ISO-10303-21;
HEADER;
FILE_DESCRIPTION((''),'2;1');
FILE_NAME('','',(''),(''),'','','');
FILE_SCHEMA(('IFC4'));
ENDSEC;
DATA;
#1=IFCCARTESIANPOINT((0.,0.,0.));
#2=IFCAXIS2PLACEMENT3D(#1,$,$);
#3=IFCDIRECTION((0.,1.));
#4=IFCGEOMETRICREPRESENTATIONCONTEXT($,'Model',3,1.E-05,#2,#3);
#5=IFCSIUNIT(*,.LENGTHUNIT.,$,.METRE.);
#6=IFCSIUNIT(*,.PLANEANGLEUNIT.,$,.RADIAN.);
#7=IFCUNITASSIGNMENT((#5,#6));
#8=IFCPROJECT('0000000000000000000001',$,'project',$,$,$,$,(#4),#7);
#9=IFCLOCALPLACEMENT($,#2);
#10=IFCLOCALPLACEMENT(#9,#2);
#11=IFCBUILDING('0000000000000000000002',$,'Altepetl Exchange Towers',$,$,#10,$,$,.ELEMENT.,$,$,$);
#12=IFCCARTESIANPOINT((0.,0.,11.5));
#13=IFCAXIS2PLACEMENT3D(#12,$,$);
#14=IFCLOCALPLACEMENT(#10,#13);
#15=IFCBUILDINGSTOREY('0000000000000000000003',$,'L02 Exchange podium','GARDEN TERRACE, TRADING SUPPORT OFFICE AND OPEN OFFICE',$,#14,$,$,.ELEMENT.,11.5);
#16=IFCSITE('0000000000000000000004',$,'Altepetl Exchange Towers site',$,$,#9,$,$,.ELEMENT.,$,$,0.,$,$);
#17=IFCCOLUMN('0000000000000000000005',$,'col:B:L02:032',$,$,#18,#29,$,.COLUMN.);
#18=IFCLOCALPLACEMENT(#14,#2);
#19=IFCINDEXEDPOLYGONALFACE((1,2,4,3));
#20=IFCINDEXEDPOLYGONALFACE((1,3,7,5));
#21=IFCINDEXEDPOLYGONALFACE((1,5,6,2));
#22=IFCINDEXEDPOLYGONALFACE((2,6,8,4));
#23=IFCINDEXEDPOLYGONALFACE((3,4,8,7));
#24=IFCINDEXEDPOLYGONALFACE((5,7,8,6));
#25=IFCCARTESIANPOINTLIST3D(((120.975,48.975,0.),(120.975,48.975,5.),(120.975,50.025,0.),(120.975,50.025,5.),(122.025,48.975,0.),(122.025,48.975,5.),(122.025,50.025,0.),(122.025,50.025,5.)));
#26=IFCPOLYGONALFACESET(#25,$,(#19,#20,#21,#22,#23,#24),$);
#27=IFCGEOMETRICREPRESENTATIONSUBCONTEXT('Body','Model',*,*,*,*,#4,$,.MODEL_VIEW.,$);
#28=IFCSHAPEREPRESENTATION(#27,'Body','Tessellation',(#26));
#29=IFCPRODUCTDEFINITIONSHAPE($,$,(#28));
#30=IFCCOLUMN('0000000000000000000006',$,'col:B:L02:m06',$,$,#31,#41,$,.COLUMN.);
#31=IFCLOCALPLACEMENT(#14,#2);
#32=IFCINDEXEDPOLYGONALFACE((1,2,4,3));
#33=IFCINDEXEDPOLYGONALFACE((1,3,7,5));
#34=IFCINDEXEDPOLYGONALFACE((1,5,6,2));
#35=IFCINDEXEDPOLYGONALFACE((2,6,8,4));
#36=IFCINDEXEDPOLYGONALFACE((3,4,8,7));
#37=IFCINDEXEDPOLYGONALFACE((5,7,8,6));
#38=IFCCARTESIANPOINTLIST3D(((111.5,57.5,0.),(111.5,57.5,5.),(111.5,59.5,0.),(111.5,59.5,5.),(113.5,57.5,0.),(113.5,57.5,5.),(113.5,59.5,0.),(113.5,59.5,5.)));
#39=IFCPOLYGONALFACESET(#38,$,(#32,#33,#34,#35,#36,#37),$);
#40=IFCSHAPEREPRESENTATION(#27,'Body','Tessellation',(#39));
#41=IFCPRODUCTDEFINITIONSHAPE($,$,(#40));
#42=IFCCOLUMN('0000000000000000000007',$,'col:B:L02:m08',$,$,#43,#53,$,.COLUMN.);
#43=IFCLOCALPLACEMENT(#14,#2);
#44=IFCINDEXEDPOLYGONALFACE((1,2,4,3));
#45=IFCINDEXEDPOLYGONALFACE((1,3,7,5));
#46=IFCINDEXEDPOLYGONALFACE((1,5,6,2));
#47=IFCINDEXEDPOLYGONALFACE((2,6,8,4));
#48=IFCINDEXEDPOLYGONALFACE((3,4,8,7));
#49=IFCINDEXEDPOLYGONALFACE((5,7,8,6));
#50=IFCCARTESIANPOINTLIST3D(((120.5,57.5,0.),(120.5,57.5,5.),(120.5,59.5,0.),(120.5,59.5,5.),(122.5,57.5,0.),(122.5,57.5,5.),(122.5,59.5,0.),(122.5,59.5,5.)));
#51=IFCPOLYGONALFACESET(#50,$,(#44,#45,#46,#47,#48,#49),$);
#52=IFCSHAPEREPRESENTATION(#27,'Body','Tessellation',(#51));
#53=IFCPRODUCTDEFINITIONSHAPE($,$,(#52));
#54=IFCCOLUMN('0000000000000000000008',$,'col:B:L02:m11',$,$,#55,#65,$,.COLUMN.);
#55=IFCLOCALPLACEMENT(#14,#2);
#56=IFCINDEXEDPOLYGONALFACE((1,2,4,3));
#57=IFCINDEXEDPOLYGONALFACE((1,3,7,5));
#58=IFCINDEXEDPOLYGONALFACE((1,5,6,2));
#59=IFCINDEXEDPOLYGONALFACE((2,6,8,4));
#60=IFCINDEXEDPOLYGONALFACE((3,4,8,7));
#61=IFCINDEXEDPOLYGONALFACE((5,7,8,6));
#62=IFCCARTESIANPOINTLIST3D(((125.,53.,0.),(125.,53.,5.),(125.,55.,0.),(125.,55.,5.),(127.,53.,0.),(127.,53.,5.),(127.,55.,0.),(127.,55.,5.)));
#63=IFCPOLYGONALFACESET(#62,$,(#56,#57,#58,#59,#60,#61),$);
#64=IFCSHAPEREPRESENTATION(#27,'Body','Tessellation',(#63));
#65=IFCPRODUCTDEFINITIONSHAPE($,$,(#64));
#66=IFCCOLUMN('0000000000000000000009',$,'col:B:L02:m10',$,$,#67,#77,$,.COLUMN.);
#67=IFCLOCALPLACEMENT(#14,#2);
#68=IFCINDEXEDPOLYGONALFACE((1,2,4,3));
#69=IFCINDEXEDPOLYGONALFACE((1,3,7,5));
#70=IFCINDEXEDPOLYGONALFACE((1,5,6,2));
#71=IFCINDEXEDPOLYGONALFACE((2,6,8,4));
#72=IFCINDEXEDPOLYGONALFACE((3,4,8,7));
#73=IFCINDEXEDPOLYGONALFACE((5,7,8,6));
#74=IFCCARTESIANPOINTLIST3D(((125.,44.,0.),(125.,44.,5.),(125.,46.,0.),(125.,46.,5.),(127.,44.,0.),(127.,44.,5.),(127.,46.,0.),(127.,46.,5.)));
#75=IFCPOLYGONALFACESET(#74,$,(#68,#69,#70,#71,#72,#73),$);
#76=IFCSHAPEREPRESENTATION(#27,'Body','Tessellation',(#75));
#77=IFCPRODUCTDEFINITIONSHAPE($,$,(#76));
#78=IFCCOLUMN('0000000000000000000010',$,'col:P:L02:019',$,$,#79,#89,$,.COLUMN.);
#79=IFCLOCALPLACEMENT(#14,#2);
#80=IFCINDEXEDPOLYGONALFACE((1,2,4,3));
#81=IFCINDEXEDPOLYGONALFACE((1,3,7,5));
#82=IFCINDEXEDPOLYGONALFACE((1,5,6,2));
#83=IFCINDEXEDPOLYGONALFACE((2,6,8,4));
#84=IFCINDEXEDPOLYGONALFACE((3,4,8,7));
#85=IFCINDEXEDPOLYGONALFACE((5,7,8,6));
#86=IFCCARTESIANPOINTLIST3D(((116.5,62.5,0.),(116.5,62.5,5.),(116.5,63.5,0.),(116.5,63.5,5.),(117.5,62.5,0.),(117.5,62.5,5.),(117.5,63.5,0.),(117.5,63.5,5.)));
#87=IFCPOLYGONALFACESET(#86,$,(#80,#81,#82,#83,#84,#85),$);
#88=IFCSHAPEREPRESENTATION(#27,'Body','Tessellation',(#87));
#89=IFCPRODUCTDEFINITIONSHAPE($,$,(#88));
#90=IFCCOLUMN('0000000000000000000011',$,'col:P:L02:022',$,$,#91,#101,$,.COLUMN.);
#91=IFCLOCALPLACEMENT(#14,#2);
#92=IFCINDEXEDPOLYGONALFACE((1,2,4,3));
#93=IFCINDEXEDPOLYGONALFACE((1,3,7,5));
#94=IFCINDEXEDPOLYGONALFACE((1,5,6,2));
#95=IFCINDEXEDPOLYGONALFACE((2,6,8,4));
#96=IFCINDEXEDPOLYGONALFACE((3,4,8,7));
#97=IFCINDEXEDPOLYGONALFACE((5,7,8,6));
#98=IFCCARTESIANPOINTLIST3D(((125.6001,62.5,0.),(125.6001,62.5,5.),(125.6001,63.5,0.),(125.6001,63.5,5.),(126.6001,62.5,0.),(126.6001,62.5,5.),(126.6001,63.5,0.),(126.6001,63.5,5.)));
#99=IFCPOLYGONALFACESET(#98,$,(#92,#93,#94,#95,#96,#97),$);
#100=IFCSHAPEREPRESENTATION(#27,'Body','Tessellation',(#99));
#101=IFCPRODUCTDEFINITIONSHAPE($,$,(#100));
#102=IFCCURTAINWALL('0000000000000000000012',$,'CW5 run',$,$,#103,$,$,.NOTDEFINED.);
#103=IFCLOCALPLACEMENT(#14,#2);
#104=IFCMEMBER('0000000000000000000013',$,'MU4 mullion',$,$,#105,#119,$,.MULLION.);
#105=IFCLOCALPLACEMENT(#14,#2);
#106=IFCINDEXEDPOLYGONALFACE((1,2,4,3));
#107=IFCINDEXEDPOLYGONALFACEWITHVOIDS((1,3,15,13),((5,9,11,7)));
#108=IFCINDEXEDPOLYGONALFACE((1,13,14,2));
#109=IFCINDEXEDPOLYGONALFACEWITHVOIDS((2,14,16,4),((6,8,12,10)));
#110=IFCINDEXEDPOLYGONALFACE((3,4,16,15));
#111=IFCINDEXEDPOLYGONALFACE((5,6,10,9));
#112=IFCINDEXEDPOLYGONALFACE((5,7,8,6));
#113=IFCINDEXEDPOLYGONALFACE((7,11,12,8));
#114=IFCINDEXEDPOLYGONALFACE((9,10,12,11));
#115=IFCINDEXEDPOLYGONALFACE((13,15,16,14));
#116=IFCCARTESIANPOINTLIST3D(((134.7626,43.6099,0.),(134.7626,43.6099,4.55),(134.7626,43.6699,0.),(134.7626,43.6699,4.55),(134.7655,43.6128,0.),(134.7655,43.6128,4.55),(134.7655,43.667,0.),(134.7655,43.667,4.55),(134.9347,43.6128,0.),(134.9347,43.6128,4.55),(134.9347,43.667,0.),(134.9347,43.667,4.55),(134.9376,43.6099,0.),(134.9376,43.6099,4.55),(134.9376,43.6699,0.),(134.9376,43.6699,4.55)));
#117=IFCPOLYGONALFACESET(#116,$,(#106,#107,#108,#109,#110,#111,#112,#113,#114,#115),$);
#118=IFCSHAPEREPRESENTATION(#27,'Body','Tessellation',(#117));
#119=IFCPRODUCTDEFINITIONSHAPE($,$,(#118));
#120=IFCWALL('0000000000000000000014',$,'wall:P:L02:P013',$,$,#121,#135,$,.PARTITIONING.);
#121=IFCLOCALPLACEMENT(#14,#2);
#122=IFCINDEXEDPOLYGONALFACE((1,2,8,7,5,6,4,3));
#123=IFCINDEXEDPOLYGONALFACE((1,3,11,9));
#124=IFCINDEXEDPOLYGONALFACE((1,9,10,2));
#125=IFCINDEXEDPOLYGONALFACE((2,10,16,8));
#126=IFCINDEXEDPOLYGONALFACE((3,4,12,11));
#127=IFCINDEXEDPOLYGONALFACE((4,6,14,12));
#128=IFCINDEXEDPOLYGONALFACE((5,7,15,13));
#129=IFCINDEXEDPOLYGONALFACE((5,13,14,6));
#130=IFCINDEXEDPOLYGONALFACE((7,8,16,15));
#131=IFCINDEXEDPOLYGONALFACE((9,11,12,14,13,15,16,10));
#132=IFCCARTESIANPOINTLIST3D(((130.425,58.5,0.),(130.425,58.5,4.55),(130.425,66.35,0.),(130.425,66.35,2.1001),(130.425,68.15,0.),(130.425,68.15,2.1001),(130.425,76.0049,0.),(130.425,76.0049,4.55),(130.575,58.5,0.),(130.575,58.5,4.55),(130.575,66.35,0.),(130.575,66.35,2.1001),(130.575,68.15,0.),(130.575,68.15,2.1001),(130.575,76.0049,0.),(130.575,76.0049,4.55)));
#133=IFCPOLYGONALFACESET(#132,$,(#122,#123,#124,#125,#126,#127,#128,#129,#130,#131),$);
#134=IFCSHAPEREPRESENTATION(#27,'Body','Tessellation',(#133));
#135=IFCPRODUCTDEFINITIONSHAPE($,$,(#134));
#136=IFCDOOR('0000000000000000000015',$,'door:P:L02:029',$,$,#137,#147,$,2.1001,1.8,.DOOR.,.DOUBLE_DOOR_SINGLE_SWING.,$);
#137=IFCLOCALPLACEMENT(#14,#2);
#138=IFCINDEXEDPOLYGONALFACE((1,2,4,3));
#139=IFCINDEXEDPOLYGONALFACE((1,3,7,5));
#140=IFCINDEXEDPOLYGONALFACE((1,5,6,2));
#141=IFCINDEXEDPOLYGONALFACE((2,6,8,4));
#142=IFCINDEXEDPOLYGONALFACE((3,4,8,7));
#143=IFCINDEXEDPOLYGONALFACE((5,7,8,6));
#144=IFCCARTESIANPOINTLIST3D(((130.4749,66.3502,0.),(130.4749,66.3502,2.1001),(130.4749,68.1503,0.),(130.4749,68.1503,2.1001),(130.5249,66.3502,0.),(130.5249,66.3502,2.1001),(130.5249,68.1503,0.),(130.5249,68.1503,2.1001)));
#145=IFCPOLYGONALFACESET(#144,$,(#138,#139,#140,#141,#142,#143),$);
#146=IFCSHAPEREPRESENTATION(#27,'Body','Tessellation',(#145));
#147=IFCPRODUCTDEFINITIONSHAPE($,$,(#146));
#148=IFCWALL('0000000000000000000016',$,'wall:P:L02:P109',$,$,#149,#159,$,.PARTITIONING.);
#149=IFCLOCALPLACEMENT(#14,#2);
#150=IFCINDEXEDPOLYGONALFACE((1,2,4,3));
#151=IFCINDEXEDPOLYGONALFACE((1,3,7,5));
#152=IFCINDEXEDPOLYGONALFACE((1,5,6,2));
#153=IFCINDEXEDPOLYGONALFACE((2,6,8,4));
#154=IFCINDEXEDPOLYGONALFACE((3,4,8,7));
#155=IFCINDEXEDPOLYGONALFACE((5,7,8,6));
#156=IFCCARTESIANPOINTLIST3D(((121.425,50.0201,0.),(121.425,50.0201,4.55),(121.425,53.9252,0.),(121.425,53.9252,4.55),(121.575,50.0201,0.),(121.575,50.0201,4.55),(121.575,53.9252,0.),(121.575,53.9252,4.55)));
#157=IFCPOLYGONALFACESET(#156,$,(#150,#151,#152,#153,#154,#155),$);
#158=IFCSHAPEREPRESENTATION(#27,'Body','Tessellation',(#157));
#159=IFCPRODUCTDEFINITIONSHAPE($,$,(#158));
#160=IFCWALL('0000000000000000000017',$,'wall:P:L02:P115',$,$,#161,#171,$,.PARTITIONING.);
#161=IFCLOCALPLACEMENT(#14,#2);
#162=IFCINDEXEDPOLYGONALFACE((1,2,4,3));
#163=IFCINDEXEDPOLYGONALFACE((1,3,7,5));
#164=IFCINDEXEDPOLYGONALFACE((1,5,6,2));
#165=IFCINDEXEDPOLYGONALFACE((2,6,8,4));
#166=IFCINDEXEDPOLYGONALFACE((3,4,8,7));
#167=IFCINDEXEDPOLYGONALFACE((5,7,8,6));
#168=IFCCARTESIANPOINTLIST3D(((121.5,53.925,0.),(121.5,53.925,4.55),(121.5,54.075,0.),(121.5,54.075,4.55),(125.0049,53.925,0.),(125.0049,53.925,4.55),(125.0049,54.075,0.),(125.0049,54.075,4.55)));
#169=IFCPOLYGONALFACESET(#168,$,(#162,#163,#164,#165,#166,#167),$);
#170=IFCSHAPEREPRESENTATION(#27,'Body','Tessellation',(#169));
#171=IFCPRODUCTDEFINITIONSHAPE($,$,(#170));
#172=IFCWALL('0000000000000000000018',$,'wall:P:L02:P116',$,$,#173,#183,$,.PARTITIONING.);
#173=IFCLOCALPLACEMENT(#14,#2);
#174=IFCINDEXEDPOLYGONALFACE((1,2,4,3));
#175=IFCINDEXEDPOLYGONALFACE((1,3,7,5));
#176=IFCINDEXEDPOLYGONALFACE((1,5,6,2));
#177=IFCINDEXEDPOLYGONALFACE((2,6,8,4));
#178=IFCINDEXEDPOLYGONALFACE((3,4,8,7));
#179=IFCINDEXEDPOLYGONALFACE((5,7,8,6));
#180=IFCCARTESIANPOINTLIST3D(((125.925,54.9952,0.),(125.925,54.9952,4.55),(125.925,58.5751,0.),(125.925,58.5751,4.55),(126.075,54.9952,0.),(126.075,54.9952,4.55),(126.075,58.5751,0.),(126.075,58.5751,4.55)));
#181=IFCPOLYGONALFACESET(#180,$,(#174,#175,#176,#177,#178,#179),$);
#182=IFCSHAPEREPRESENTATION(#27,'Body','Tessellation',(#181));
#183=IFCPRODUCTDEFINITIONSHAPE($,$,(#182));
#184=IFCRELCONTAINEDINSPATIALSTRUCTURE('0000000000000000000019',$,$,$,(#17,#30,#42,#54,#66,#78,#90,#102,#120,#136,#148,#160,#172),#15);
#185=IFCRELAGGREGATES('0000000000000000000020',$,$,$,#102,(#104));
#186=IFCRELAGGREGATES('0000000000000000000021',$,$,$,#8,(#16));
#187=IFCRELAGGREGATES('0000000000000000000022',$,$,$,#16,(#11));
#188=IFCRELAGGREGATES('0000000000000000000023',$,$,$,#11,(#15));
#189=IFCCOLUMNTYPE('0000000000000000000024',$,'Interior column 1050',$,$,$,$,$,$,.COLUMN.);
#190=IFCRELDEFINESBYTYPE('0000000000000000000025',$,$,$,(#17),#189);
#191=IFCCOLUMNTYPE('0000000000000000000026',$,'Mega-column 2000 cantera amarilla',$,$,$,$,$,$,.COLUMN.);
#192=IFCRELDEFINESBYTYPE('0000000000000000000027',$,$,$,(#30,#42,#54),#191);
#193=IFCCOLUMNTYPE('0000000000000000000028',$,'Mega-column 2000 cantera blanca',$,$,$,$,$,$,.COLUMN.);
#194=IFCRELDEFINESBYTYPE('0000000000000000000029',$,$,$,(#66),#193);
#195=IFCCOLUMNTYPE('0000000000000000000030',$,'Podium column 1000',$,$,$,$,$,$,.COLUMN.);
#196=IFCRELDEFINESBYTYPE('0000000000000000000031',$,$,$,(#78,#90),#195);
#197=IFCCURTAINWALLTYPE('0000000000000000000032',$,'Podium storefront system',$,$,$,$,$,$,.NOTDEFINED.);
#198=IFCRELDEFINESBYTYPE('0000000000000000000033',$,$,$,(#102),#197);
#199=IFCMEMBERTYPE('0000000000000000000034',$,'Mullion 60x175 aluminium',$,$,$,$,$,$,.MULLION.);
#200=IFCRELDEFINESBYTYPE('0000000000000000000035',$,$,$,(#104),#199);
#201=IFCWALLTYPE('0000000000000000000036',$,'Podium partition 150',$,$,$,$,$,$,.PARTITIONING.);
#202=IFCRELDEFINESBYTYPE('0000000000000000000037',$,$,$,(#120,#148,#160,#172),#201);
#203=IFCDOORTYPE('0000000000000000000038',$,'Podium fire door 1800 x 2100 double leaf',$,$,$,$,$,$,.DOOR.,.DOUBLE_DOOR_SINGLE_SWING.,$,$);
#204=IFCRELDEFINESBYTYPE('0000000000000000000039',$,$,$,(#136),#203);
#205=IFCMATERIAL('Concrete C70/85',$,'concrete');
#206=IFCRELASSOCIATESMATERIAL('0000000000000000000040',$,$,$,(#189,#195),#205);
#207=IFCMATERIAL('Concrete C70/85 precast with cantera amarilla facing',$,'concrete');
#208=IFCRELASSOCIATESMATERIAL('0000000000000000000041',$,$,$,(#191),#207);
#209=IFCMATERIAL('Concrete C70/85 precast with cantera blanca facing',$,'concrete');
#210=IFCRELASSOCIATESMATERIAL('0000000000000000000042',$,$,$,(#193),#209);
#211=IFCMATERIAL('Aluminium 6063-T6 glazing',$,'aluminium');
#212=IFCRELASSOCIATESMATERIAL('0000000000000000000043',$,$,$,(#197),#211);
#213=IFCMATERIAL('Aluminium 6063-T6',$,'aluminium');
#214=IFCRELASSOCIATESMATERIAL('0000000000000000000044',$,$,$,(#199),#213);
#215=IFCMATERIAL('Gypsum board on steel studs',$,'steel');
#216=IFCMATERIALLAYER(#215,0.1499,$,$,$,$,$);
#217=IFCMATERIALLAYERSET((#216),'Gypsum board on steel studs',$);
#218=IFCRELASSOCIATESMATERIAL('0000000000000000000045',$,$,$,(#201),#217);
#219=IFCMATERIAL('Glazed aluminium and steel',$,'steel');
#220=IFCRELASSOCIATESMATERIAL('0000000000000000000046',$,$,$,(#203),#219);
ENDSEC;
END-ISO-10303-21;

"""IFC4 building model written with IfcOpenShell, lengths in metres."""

from ifc_helpers import new_model, si_unit, direction, frame, frame_2d, origin, origin_2d, place, context, subcontext, project, spatial, rectangle, hollow_rectangle, extrude, material, layer, layer_set, material_profile, profile_set, type_object, element, fill, aggregate, save


model = new_model("IFC4")

# Units and contexts
model_context = context("Model", 3, precision=1e-05, world=origin(), true_north=direction((0.0, 1.0)))
body_context = subcontext(model_context, "Body", "Model", "MODEL_VIEW")
ifc_project = project(units=[si_unit("LENGTHUNIT", "METRE"), si_unit("PLANEANGLEUNIT", "RADIAN")], contexts=[model_context])

# Site, building, storey
site_placement = place(None, origin())
site = spatial("IfcSite", under=ifc_project, at=site_placement, Name="Altepetl Exchange Towers site", CompositionType="ELEMENT", RefElevation=0.0)
building_placement = place(site_placement, origin())
building = spatial("IfcBuilding", under=site, at=building_placement, Name="Altepetl Exchange Towers", CompositionType="ELEMENT")
storey_placement = place(building_placement, frame((0.0, 0.0, 11.5)))
storey = spatial("IfcBuildingStorey", under=building, at=storey_placement, Name="L02 Exchange podium", Description="GARDEN TERRACE, TRADING SUPPORT OFFICE AND OPEN OFFICE", CompositionType="ELEMENT", Elevation=11.5)

# Columns
ifc_material_1 = material(Name="Concrete C70/85", Category="concrete")
ifc_material_profile_1 = material_profile(ifc_material_1, rectangle(XDim=1.05, YDim=1.05, at=origin_2d()), Name="1050 x 1050")
ifc_profile_set_1 = profile_set([ifc_material_profile_1], Name="Concrete C70/85")
column_type_1 = type_object("IfcColumnType", Name="Interior column 1050", PredefinedType="COLUMN", material=ifc_profile_set_1)
column_1_placement = place(storey_placement, frame((121.5, 49.5, 0.0)))
element("IfcColumn", 1, at=column_1_placement, inside=storey, type_object=column_type_1, Name="col:B:L02:032", PredefinedType="COLUMN", context=body_context, shape_type="SweptSolid", body=[
    extrude(rectangle(XDim=1.05, YDim=1.05, at=origin_2d()), origin(), (0.0, 0.0, 1.0), 5.0),
])
ifc_material_2 = material(Name="Concrete C70/85 precast with cantera amarilla facing", Category="concrete")
ifc_material_profile_2 = material_profile(ifc_material_2, rectangle(XDim=2.0, YDim=2.0, at=origin_2d()), Name="2000 x 2000")
ifc_profile_set_2 = profile_set([ifc_material_profile_2], Name="Concrete C70/85 precast with cantera amarilla facing")
column_type_2 = type_object("IfcColumnType", Name="Mega-column 2000 cantera amarilla", PredefinedType="COLUMN", material=ifc_profile_set_2)
for number, where, name in (
    (2, (112.5, 58.5, 0.0), "col:B:L02:m06"),
    (3, (121.5, 58.5, 0.0), "col:B:L02:m08"),
    (4, (126.0, 54.0, 0.0), "col:B:L02:m11"),
):
    element("IfcColumn", number, at=place(storey_placement, frame(where)), inside=storey, type_object=column_type_2, Name=name, PredefinedType="COLUMN", context=body_context, shape_type="SweptSolid", body=[
        extrude(rectangle(XDim=2.0, YDim=2.0, at=origin_2d()), origin(), (0.0, 0.0, 1.0), 5.0),
    ])
ifc_material_3 = material(Name="Concrete C70/85 precast with cantera blanca facing", Category="concrete")
ifc_material_profile_3 = material_profile(ifc_material_3, rectangle(XDim=2.0, YDim=2.0, at=origin_2d()), Name="2000 x 2000")
ifc_profile_set_3 = profile_set([ifc_material_profile_3], Name="Concrete C70/85 precast with cantera blanca facing")
column_type_3 = type_object("IfcColumnType", Name="Mega-column 2000 cantera blanca", PredefinedType="COLUMN", material=ifc_profile_set_3)
column_2_placement = place(storey_placement, frame((126.0, 45.0, 0.0)))
element("IfcColumn", 5, at=column_2_placement, inside=storey, type_object=column_type_3, Name="col:B:L02:m10", PredefinedType="COLUMN", context=body_context, shape_type="SweptSolid", body=[
    extrude(rectangle(XDim=2.0, YDim=2.0, at=origin_2d()), origin(), (0.0, 0.0, 1.0), 5.0),
])
ifc_material_profile_4 = material_profile(ifc_material_1, rectangle(XDim=1.0, YDim=1.0, at=origin_2d()), Name="1000 x 1000")
ifc_profile_set_4 = profile_set([ifc_material_profile_4], Name="Concrete C70/85")
column_type_4 = type_object("IfcColumnType", Name="Podium column 1000", PredefinedType="COLUMN", material=ifc_profile_set_4)
for number, where, name in (
    (6, (117.0, 63.0, 0.0), "col:P:L02:019"),
    (7, (126.1001, 63.0, 0.0), "col:P:L02:022"),
):
    element("IfcColumn", number, at=place(storey_placement, frame(where)), inside=storey, type_object=column_type_4, Name=name, PredefinedType="COLUMN", context=body_context, shape_type="SweptSolid", body=[
        extrude(rectangle(XDim=1.0, YDim=1.0, at=origin_2d()), origin(), (0.0, 0.0, 1.0), 5.0),
    ])

# Curtain wall, member
ifc_material_4 = material(Name="Aluminium 6063-T6 glazing", Category="aluminium")
curtain_wall_type = type_object("IfcCurtainWallType", Name="Podium storefront system", PredefinedType="NOTDEFINED", material=ifc_material_4)
curtain_wall_placement = place(storey_placement, origin())
curtain_wall = element("IfcCurtainWall", 8, at=curtain_wall_placement, inside=storey, type_object=curtain_wall_type, Name="CW5 run", PredefinedType="NOTDEFINED")
ifc_material_5 = material(Name="Aluminium 6063-T6", Category="aluminium")
ifc_material_profile_5 = material_profile(ifc_material_5, hollow_rectangle(XDim=0.0601, YDim=0.175, WallThickness=0.0029, at=origin_2d()), Name="Mullion 60x175 aluminium")
ifc_profile_set_5 = profile_set([ifc_material_profile_5], Name="Aluminium 6063-T6")
member_type = type_object("IfcMemberType", Name="Mullion 60x175 aluminium", PredefinedType="MULLION", material=ifc_profile_set_5)
member_placement = place(storey_placement, frame((134.8501, 43.6399, 0.0), z_axis=(0.0, 0.0, 1.0), x_axis=(0.0, 1.0, 0.0)))
member = element("IfcMember", 9, at=member_placement, type_object=member_type, Name="MU4 mullion", PredefinedType="MULLION", context=body_context, shape_type="SweptSolid", body=[
    extrude(hollow_rectangle(XDim=0.0601, YDim=0.175, WallThickness=0.0029, at=origin_2d()), origin(), (0.0, 0.0, 1.0), 4.55),
])
aggregate(curtain_wall, [member])

# Wall, opening, door
ifc_material_6 = material(Name="Gypsum board on steel studs", Category="steel")
ifc_layer_1 = layer(ifc_material_6, 0.1499)
ifc_layer_set_1 = layer_set([ifc_layer_1], Name="Gypsum board on steel studs")
wall_type_1 = type_object("IfcWallType", Name="Podium partition 150", PredefinedType="PARTITIONING", material=ifc_layer_set_1)
wall_1_placement = place(storey_placement, frame((130.5, 58.5, 0.0), z_axis=(0.0, 0.0, 1.0), x_axis=(0.0, 1.0, 0.0)))
wall_1 = element("IfcWall", 10, at=wall_1_placement, inside=storey, type_object=wall_type_1, Name="wall:P:L02:P013", PredefinedType="PARTITIONING", context=body_context, shape_type="SweptSolid", body=[
    extrude(rectangle(XDim=17.5049, YDim=0.1499, at=frame_2d((8.7524, 0.0))), origin(), (0.0, 0.0, 1.0), 4.55),
])
opening_1_placement = place(wall_1_placement, frame((7.8501, 0.0, 0.0)))
opening_1 = element("IfcOpeningElement", 11, at=opening_1_placement, cuts=wall_1, PredefinedType="OPENING", context=body_context, shape_type="SweptSolid", body=[
    extrude(rectangle(XDim=1.8, YDim=2.1001, at=frame_2d((0.8999, 1.05))), frame((0.0, 0.085, 0.0), z_axis=(0.0, -1.0, 0.0), x_axis=(1.0, 0.0, 0.0)), (0.0, 0.0, 1.0), 0.1699),
])
ifc_material_7 = material(Name="Glazed aluminium and steel", Category="steel")
door_type = type_object("IfcDoorType", Name="Podium fire door 1800 x 2100 double leaf", OperationType="DOUBLE_DOOR_SINGLE_SWING", PredefinedType="DOOR", material=ifc_material_7)
door_1_placement = place(opening_1_placement, frame((1.8, 0.0, 0.0), x_axis=(-1.0, 0.0, 0.0)))
door_1 = element("IfcDoor", 12, at=door_1_placement, inside=storey, type_object=door_type, Name="door:P:L02:029", OperationType="DOUBLE_DOOR_SINGLE_SWING", OverallHeight=2.1001, OverallWidth=1.8, PredefinedType="DOOR", context=body_context, shape_type="SweptSolid", body=[
    extrude(rectangle(XDim=1.8, YDim=2.1001, at=frame_2d((0.8999, 1.05))), frame((0.0, 0.0249, 0.0), z_axis=(0.0, -1.0, 0.0), x_axis=(1.0, 0.0, 0.0)), (0.0, 0.0, 1.0), 0.05),
])
fill(opening_1, door_1)

# Walls
wall_2_placement = place(storey_placement, frame((121.5, 50.02, 0.0), z_axis=(0.0, 0.0, 1.0), x_axis=(0.0, 1.0, 0.0)))
element("IfcWall", 13, at=wall_2_placement, inside=storey, type_object=wall_type_1, Name="wall:P:L02:P109", PredefinedType="PARTITIONING", context=body_context, shape_type="SweptSolid", body=[
    extrude(rectangle(XDim=3.905, YDim=0.1499, at=frame_2d((1.9526, 0.0))), origin(), (0.0, 0.0, 1.0), 4.55),
])
wall_3_placement = place(storey_placement, frame((121.5, 54.0, 0.0)))
element("IfcWall", 14, at=wall_3_placement, inside=storey, type_object=wall_type_1, Name="wall:P:L02:P115", PredefinedType="PARTITIONING", context=body_context, shape_type="SweptSolid", body=[
    extrude(rectangle(XDim=3.5049, YDim=0.1499, at=frame_2d((1.7524, 0.0))), origin(), (0.0, 0.0, 1.0), 4.55),
])
wall_4_placement = place(storey_placement, frame((126.0, 54.9951, 0.0), z_axis=(0.0, 0.0, 1.0), x_axis=(0.0, 1.0, 0.0)))
element("IfcWall", 15, at=wall_4_placement, inside=storey, type_object=wall_type_1, Name="wall:P:L02:P116", PredefinedType="PARTITIONING", context=body_context, shape_type="SweptSolid", body=[
    extrude(rectangle(XDim=3.5798, YDim=0.1499, at=frame_2d((1.79, 0.0))), origin(), (0.0, 0.0, 1.0), 4.55),
])

save(model, "model.ifc")
